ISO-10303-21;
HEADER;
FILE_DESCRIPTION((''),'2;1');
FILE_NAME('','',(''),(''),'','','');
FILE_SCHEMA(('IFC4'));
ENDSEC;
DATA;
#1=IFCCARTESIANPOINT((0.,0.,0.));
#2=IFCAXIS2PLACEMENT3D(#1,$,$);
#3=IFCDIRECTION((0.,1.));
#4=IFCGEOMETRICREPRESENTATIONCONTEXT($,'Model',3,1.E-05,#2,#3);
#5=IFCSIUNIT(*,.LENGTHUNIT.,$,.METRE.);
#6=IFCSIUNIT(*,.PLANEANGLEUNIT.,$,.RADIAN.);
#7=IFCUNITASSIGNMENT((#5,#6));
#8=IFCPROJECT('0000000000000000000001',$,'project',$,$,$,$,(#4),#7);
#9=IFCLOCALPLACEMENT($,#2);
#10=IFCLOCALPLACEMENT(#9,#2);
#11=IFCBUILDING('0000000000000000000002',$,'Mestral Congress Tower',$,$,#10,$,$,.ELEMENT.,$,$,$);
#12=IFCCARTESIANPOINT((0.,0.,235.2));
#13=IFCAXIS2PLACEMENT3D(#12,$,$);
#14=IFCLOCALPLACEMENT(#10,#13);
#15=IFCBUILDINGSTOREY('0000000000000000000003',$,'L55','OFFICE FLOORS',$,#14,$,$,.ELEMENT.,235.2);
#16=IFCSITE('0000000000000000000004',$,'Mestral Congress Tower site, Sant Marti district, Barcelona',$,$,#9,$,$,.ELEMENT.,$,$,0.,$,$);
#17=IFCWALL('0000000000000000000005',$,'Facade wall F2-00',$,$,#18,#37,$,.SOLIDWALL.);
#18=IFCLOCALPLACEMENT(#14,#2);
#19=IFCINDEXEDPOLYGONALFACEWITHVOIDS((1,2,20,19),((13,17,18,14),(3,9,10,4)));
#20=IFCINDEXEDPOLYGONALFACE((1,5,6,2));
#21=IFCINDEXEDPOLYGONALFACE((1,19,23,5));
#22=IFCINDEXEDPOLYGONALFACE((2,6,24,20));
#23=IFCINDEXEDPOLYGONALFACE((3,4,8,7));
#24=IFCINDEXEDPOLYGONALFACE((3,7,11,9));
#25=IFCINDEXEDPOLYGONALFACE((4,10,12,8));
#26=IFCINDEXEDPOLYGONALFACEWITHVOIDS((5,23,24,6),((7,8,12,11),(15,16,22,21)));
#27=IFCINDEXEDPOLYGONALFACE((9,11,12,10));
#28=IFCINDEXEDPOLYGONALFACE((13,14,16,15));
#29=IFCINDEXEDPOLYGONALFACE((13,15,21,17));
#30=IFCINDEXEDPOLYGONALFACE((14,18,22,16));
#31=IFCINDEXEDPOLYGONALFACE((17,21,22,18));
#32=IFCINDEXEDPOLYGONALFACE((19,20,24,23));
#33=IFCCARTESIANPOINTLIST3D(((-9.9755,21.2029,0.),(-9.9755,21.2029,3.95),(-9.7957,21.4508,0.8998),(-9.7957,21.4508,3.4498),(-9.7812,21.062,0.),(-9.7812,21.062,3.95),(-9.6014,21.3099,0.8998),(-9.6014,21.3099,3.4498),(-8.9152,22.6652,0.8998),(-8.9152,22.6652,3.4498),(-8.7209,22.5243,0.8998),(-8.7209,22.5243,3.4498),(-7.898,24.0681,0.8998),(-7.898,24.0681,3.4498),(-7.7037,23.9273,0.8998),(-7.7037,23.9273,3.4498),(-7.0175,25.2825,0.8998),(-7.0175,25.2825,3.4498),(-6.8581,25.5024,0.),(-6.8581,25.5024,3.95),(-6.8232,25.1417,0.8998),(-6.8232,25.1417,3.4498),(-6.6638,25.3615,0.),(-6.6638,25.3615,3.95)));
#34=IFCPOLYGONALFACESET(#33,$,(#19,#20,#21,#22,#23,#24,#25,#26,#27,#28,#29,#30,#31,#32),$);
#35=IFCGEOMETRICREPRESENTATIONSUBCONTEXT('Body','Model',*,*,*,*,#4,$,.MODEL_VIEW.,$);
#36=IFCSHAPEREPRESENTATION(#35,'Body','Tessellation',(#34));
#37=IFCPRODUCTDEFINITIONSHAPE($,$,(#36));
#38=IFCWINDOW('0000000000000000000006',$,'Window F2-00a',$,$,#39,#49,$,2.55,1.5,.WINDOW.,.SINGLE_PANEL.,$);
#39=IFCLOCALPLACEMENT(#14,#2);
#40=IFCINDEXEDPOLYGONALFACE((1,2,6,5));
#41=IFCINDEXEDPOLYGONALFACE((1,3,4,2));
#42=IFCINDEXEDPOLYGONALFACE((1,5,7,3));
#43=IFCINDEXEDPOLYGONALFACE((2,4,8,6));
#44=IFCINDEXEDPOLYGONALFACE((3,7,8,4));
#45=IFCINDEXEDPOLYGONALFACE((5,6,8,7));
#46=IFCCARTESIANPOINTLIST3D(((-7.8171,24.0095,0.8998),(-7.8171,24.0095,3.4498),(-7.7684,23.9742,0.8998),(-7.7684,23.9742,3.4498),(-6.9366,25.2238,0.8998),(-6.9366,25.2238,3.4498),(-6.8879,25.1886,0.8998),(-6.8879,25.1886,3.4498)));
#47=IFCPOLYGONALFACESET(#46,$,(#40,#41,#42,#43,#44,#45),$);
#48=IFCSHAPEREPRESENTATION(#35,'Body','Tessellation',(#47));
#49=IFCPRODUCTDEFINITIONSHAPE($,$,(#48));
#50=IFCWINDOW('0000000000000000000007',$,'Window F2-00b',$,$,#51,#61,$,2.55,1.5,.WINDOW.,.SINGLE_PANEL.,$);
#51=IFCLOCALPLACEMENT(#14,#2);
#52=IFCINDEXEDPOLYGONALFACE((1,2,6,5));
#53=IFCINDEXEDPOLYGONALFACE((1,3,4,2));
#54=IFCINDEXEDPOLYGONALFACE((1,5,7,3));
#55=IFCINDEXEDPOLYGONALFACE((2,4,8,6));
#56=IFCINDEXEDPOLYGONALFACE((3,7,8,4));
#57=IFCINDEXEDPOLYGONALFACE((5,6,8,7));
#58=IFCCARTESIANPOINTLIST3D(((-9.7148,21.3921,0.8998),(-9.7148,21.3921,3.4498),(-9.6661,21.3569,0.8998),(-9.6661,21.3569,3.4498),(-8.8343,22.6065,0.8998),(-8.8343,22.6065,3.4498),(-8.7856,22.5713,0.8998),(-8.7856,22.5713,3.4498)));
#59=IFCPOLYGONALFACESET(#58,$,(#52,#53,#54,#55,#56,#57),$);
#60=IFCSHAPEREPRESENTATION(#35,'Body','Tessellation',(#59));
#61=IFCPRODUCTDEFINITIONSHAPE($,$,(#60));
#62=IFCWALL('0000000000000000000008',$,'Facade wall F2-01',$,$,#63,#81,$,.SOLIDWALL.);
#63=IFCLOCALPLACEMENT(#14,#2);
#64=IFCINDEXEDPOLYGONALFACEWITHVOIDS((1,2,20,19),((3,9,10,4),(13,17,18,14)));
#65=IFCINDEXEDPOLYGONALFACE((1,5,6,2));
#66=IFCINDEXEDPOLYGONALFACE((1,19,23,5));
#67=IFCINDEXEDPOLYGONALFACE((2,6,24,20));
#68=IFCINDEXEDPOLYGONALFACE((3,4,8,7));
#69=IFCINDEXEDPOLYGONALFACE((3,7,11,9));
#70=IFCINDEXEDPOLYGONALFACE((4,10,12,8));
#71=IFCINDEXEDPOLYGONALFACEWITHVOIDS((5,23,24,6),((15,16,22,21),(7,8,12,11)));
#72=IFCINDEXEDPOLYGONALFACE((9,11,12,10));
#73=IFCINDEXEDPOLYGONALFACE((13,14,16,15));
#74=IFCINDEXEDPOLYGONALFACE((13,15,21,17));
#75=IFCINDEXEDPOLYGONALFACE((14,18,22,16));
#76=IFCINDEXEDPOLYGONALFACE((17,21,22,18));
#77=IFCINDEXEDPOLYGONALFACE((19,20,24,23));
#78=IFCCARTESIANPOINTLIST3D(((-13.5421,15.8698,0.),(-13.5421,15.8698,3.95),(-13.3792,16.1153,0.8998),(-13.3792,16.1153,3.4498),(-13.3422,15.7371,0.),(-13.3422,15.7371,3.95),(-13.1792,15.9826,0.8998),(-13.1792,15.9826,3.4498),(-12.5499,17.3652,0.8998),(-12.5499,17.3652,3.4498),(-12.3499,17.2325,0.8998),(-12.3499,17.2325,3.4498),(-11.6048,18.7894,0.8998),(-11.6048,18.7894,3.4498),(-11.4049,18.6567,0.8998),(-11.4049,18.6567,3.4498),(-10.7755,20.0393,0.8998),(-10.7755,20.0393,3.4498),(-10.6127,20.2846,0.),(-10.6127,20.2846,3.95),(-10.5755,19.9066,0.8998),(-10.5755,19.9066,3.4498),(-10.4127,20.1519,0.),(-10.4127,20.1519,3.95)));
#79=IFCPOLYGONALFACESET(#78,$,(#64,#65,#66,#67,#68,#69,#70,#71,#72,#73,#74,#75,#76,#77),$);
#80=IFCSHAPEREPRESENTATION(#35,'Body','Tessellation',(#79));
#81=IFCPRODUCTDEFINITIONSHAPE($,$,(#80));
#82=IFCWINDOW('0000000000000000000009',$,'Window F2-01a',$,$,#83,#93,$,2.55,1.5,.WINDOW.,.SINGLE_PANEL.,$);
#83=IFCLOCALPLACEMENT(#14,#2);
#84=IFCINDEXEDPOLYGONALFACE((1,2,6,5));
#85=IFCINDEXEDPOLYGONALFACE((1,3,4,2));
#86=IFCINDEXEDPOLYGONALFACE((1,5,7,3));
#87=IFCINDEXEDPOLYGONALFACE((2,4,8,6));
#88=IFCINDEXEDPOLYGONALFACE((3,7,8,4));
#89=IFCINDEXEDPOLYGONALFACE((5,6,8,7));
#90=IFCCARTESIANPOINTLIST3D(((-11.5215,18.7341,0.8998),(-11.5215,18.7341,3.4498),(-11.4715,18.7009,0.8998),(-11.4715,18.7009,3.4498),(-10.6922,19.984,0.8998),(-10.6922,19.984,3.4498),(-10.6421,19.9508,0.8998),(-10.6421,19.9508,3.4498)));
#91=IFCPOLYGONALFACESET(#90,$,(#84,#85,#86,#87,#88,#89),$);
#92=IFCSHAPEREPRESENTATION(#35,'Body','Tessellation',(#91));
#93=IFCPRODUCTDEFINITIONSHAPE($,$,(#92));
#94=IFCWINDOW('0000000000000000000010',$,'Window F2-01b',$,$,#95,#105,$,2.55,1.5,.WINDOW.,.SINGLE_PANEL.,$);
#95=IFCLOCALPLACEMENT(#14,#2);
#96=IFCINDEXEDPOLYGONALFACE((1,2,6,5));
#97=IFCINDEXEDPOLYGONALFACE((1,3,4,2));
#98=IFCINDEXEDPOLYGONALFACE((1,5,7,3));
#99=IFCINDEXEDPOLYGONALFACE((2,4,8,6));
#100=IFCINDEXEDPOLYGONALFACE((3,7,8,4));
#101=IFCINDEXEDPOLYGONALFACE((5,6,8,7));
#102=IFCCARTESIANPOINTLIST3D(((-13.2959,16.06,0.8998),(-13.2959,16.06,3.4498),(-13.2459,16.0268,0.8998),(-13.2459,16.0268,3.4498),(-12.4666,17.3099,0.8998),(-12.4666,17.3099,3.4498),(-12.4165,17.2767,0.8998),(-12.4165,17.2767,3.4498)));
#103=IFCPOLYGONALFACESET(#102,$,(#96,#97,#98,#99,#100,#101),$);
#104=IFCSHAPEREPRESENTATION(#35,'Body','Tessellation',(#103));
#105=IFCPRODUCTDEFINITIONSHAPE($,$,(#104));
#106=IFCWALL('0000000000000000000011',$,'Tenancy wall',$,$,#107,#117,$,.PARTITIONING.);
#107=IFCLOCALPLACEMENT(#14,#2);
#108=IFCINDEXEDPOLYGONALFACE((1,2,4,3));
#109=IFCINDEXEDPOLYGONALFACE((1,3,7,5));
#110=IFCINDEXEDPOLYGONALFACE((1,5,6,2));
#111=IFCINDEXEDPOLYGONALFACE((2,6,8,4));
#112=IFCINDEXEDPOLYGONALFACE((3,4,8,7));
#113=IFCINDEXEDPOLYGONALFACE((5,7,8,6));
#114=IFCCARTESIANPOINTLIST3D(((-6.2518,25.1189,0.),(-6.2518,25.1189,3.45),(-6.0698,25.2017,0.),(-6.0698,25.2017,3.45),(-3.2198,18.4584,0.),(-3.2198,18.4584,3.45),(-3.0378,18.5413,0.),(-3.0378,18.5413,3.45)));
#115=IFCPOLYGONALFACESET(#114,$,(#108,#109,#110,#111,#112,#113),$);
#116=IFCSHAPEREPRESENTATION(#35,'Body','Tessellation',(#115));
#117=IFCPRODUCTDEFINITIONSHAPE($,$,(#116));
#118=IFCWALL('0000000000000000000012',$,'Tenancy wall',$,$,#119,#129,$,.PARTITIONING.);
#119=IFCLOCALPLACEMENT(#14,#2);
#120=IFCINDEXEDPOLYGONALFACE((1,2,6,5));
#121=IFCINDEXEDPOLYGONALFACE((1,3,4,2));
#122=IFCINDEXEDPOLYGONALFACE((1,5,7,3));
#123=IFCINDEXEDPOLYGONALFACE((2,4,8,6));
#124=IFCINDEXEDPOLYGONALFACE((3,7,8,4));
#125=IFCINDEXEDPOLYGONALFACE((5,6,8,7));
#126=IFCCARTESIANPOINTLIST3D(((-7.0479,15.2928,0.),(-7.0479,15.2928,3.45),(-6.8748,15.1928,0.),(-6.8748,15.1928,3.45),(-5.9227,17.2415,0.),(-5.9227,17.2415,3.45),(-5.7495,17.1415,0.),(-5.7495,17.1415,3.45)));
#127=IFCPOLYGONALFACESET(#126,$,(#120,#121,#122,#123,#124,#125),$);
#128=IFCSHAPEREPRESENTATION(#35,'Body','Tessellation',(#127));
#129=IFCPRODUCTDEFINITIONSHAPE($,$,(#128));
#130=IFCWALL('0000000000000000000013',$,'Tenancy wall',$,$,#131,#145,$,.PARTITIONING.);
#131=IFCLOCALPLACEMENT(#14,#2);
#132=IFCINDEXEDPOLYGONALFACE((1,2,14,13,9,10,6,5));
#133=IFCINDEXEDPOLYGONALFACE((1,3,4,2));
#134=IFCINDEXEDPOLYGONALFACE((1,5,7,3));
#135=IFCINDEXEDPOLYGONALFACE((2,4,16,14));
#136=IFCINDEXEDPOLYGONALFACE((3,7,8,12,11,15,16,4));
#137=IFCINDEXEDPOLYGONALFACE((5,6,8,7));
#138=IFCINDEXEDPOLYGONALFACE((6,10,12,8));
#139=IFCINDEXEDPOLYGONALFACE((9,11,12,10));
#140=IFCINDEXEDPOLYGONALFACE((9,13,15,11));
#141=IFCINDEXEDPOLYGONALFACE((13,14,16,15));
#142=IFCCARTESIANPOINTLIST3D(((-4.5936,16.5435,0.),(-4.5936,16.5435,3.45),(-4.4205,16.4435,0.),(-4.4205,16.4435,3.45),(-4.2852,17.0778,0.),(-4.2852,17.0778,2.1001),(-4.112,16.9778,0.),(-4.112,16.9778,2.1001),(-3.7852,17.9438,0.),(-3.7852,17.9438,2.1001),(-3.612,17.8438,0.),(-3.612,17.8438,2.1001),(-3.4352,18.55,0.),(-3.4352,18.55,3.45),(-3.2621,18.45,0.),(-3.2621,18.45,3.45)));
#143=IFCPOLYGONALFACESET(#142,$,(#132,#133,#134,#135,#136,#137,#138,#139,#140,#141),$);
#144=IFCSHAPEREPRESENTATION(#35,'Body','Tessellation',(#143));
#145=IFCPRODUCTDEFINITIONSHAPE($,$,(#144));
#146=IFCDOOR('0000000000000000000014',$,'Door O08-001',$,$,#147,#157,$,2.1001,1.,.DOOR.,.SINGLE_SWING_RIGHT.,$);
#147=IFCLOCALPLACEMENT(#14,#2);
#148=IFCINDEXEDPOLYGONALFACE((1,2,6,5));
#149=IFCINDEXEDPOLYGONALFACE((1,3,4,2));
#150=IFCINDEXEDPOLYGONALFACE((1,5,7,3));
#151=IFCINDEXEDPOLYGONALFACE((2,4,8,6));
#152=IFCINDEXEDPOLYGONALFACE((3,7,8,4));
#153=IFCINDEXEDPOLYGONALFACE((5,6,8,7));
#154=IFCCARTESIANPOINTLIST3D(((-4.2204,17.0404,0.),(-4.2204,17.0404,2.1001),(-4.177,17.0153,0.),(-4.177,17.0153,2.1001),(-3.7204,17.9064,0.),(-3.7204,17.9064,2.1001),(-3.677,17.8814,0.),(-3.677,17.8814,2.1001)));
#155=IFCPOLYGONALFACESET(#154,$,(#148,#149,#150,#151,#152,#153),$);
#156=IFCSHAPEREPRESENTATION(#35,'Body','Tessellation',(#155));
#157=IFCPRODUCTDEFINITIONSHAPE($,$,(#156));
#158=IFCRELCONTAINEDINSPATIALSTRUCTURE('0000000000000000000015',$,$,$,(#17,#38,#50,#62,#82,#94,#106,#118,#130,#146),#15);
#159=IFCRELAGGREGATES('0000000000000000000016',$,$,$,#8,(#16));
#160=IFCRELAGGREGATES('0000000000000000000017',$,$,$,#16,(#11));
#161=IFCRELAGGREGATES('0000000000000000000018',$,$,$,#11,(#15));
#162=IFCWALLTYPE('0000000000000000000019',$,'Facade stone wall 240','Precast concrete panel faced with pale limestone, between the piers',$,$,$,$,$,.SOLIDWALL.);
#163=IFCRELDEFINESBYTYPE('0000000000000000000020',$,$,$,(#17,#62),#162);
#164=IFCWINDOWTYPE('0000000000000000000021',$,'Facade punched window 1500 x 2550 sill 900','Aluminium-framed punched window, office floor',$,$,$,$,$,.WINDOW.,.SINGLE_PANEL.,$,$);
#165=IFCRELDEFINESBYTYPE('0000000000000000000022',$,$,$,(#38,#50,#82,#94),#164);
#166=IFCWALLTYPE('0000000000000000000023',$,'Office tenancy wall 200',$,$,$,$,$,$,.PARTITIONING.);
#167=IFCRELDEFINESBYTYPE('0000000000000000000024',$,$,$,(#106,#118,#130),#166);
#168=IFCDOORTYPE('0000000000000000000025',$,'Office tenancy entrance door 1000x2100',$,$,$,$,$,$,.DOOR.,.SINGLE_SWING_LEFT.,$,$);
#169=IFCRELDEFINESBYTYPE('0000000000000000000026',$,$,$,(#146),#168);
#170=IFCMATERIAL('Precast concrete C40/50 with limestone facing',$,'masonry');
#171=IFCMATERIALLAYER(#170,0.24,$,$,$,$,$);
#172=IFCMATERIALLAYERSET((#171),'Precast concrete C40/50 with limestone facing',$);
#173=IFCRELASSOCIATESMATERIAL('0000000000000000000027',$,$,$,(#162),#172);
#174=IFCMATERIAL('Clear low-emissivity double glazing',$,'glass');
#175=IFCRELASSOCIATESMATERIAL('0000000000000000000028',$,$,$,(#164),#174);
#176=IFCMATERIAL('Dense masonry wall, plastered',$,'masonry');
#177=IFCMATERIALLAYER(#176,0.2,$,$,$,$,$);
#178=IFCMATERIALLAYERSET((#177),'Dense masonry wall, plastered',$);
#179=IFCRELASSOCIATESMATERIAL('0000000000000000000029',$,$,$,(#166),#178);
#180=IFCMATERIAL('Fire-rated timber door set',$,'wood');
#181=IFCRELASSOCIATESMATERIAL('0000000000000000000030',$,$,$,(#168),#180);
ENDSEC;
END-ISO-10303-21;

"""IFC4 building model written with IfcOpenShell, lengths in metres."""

from ifc_helpers import new_model, si_unit, direction, frame, frame_2d, origin, place, context, subcontext, project, spatial, rectangle, extrude, material, layer, layer_set, type_object, element, fill, save


model = new_model("IFC4")

# Units and contexts
model_context = context("Model", 3, precision=1e-05, world=origin(), true_north=direction((0.0, 1.0)))
body_context = subcontext(model_context, "Body", "Model", "MODEL_VIEW")
ifc_project = project(units=[si_unit("LENGTHUNIT", "METRE"), si_unit("PLANEANGLEUNIT", "RADIAN")], contexts=[model_context])

# Site, building, storey
site_placement = place(None, origin())
site = spatial("IfcSite", under=ifc_project, at=site_placement, Name="Mestral Congress Tower site, Sant Marti district, Barcelona", CompositionType="ELEMENT", RefElevation=0.0)
building_placement = place(site_placement, origin())
building = spatial("IfcBuilding", under=site, at=building_placement, Name="Mestral Congress Tower", CompositionType="ELEMENT")
storey_placement = place(building_placement, frame((0.0, 0.0, 235.2)))
storey = spatial("IfcBuildingStorey", under=building, at=storey_placement, Name="L55", Description="OFFICE FLOORS", CompositionType="ELEMENT", Elevation=235.2)

# Shared definitions
ifc_material_1 = material(Name="Precast concrete C40/50 with limestone facing", Category="masonry")
ifc_layer_1 = layer(ifc_material_1, 0.24)
ifc_layer_set_1 = layer_set([ifc_layer_1], Name="Precast concrete C40/50 with limestone facing")
wall_type_1 = type_object("IfcWallType", Name="Facade stone wall 240", Description="Precast concrete panel faced with pale limestone, between the piers", PredefinedType="SOLIDWALL", material=ifc_layer_set_1)
ifc_material_2 = material(Name="Clear low-emissivity double glazing", Category="glass")

# Walls, openings, windows
wall_1_placement = place(storey_placement, frame((-6.761, 25.4319, 0.0), z_axis=(0.0, 0.0, 1.0), x_axis=(-0.586998, -0.809588, 0.0)))
wall_1 = element("IfcWall", 1, at=wall_1_placement, inside=storey, type_object=wall_type_1, Name="Facade wall F2-00", PredefinedType="SOLIDWALL", context=body_context, shape_type="SweptSolid", body=[
    extrude(rectangle(XDim=5.3108, YDim=0.24, at=frame_2d((2.6553, 0.0))), origin(), (0.0, 0.0, 1.0), 3.95),
])
opening_1_placement = place(wall_1_placement, frame((0.2715, 0.0, 0.8999)))
opening_1 = element("IfcOpeningElement", 2, at=opening_1_placement, cuts=wall_1, PredefinedType="OPENING", context=body_context, shape_type="SweptSolid", body=[
    extrude(rectangle(XDim=1.5, YDim=2.55, at=frame_2d((0.75, 1.2749))), frame((0.0, 0.1299, 0.0), z_axis=(0.0, -1.0, 0.0), x_axis=(1.0, 0.0, 0.0)), (0.0, 0.0, 1.0), 0.26),
])
opening_2_placement = place(wall_1_placement, frame((3.5044, 0.0, 0.8999)))
opening_2 = element("IfcOpeningElement", 3, at=opening_2_placement, cuts=wall_1, PredefinedType="OPENING", context=body_context, shape_type="SweptSolid", body=[
    extrude(rectangle(XDim=1.5, YDim=2.55, at=frame_2d((0.75, 1.2749))), frame((0.0, 0.1299, 0.0), z_axis=(0.0, -1.0, 0.0), x_axis=(1.0, 0.0, 0.0)), (0.0, 0.0, 1.0), 0.26),
])
window_type_1 = type_object("IfcWindowType", Name="Facade punched window 1500 x 2550 sill 900", Description="Aluminium-framed punched window, office floor", PartitioningType="SINGLE_PANEL", PredefinedType="WINDOW", material=ifc_material_2)
window_1_placement = place(opening_1_placement, origin())
window_1 = element("IfcWindow", 4, at=window_1_placement, inside=storey, type_object=window_type_1, Name="Window F2-00a", OverallHeight=2.55, OverallWidth=1.5, PartitioningType="SINGLE_PANEL", PredefinedType="WINDOW", context=body_context, shape_type="SweptSolid", body=[
    extrude(rectangle(XDim=1.5, YDim=2.55, at=frame_2d((0.75, 1.2749))), frame((0.0, 0.04, 0.0), z_axis=(0.0, -1.0, 0.0), x_axis=(1.0, 0.0, 0.0)), (0.0, 0.0, 1.0), 0.0601),
])
fill(opening_1, window_1)
window_2_placement = place(opening_2_placement, origin())
window_2 = element("IfcWindow", 5, at=window_2_placement, inside=storey, type_object=window_type_1, Name="Window F2-00b", OverallHeight=2.55, OverallWidth=1.5, PartitioningType="SINGLE_PANEL", PredefinedType="WINDOW", context=body_context, shape_type="SweptSolid", body=[
    extrude(rectangle(XDim=1.5, YDim=2.55, at=frame_2d((0.75, 1.2749))), frame((0.0, 0.04, 0.0), z_axis=(0.0, -1.0, 0.0), x_axis=(1.0, 0.0, 0.0)), (0.0, 0.0, 1.0), 0.0601),
])
fill(opening_2, window_2)
wall_2_placement = place(storey_placement, frame((-10.5127, 20.2183, 0.0), z_axis=(0.0, 0.0, 1.0), x_axis=(-0.552902, -0.833246, 0.0)))
wall_2 = element("IfcWall", 6, at=wall_2_placement, inside=storey, type_object=wall_type_1, Name="Facade wall F2-01", PredefinedType="SOLIDWALL", context=body_context, shape_type="SweptSolid", body=[
    extrude(rectangle(XDim=5.2983, YDim=0.24, at=frame_2d((2.6492, 0.0))), origin(), (0.0, 0.0, 1.0), 3.95),
])
opening_3_placement = place(wall_2_placement, frame((0.2944, 0.0, 0.8999)))
opening_3 = element("IfcOpeningElement", 7, at=opening_3_placement, cuts=wall_2, PredefinedType="OPENING", context=body_context, shape_type="SweptSolid", body=[
    extrude(rectangle(XDim=1.5, YDim=2.55, at=frame_2d((0.75, 1.2749))), frame((0.0, 0.1299, 0.0), z_axis=(0.0, -1.0, 0.0), x_axis=(1.0, 0.0, 0.0)), (0.0, 0.0, 1.0), 0.26),
])
opening_4_placement = place(wall_2_placement, frame((3.5037, 0.0, 0.8999)))
opening_4 = element("IfcOpeningElement", 8, at=opening_4_placement, cuts=wall_2, PredefinedType="OPENING", context=body_context, shape_type="SweptSolid", body=[
    extrude(rectangle(XDim=1.5, YDim=2.55, at=frame_2d((0.75, 1.2749))), frame((0.0, 0.1299, 0.0), z_axis=(0.0, -1.0, 0.0), x_axis=(1.0, 0.0, 0.0)), (0.0, 0.0, 1.0), 0.26),
])
window_3_placement = place(opening_3_placement, origin())
window_3 = element("IfcWindow", 9, at=window_3_placement, inside=storey, type_object=window_type_1, Name="Window F2-01a", OverallHeight=2.55, OverallWidth=1.5, PartitioningType="SINGLE_PANEL", PredefinedType="WINDOW", context=body_context, shape_type="SweptSolid", body=[
    extrude(rectangle(XDim=1.5, YDim=2.55, at=frame_2d((0.75, 1.2749))), frame((0.0, 0.04, 0.0), z_axis=(0.0, -1.0, 0.0), x_axis=(1.0, 0.0, 0.0)), (0.0, 0.0, 1.0), 0.0601),
])
fill(opening_3, window_3)
window_4_placement = place(opening_4_placement, origin())
window_4 = element("IfcWindow", 10, at=window_4_placement, inside=storey, type_object=window_type_1, Name="Window F2-01b", OverallHeight=2.55, OverallWidth=1.5, PartitioningType="SINGLE_PANEL", PredefinedType="WINDOW", context=body_context, shape_type="SweptSolid", body=[
    extrude(rectangle(XDim=1.5, YDim=2.55, at=frame_2d((0.75, 1.2749))), frame((0.0, 0.04, 0.0), z_axis=(0.0, -1.0, 0.0), x_axis=(1.0, 0.0, 0.0)), (0.0, 0.0, 1.0), 0.0601),
])
fill(opening_4, window_4)

# Walls
ifc_material_3 = material(Name="Dense masonry wall, plastered", Category="masonry")
ifc_layer_2 = layer(ifc_material_3, 0.2)
ifc_layer_set_2 = layer_set([ifc_layer_2], Name="Dense masonry wall, plastered")
wall_type_2 = type_object("IfcWallType", Name="Office tenancy wall 200", PredefinedType="PARTITIONING", material=ifc_layer_set_2)
wall_3_placement = place(storey_placement, frame((-6.1609, 25.1604, 0.0), z_axis=(0.0, 0.0, 1.0), x_axis=(0.414316, -0.910133, 0.0)))
element("IfcWall", 11, at=wall_3_placement, inside=storey, type_object=wall_type_2, Name="Tenancy wall", PredefinedType="PARTITIONING", context=body_context, shape_type="SweptSolid", body=[
    extrude(rectangle(XDim=7.3181, YDim=0.2, at=frame_2d((3.6592, 0.0))), origin(), (0.0, 0.0, 1.0), 3.45),
])
wall_4_placement = place(storey_placement, frame((-5.8362, 17.1914, 0.0), z_axis=(0.0, 0.0, 1.0), x_axis=(-0.500048, -0.865998, 0.0)))
element("IfcWall", 12, at=wall_4_placement, inside=storey, type_object=wall_type_2, Name="Tenancy wall", PredefinedType="PARTITIONING", context=body_context, shape_type="SweptSolid", body=[
    extrude(rectangle(XDim=2.2502, YDim=0.2, at=frame_2d((1.125, 0.0))), origin(), (0.0, 0.0, 1.0), 3.45),
])

# Wall, opening, door
wall_5_placement = place(storey_placement, frame((-3.3486, 18.5, 0.0), z_axis=(0.0, 0.0, 1.0), x_axis=(-0.499981, -0.866036, 0.0)))
wall_5 = element("IfcWall", 13, at=wall_5_placement, inside=storey, type_object=wall_type_2, Name="Tenancy wall", PredefinedType="PARTITIONING", context=body_context, shape_type="SweptSolid", body=[
    extrude(rectangle(XDim=2.3169, YDim=0.2, at=frame_2d((1.1584, 0.0))), origin(), (0.0, 0.0, 1.0), 3.45),
])
opening_5_placement = place(wall_5_placement, frame((0.7, 0.0, 0.0)))
opening_5 = element("IfcOpeningElement", 14, at=opening_5_placement, cuts=wall_5, PredefinedType="OPENING", context=body_context, shape_type="SweptSolid", body=[
    extrude(rectangle(XDim=1.0, YDim=2.1001, at=frame_2d((0.5, 1.05))), frame((0.0, 0.1099, 0.0), z_axis=(0.0, -1.0, 0.0), x_axis=(1.0, 0.0, 0.0)), (0.0, 0.0, 1.0), 0.22),
])
ifc_material_4 = material(Name="Fire-rated timber door set", Category="wood")
door_type = type_object("IfcDoorType", Name="Office tenancy entrance door 1000x2100", OperationType="SINGLE_SWING_LEFT", PredefinedType="DOOR", material=ifc_material_4)
door_placement = place(opening_5_placement, origin())
door = element("IfcDoor", 15, at=door_placement, inside=storey, type_object=door_type, Name="Door O08-001", OperationType="SINGLE_SWING_RIGHT", OverallHeight=2.1001, OverallWidth=1.0, PredefinedType="DOOR", context=body_context, shape_type="SweptSolid", body=[
    extrude(rectangle(XDim=1.0, YDim=2.1001, at=frame_2d((0.5, 1.05))), frame((0.0, 0.0249, 0.0), z_axis=(0.0, -1.0, 0.0), x_axis=(1.0, 0.0, 0.0)), (0.0, 0.0, 1.0), 0.05),
])
fill(opening_5, door)

save(model, "model.ifc")
